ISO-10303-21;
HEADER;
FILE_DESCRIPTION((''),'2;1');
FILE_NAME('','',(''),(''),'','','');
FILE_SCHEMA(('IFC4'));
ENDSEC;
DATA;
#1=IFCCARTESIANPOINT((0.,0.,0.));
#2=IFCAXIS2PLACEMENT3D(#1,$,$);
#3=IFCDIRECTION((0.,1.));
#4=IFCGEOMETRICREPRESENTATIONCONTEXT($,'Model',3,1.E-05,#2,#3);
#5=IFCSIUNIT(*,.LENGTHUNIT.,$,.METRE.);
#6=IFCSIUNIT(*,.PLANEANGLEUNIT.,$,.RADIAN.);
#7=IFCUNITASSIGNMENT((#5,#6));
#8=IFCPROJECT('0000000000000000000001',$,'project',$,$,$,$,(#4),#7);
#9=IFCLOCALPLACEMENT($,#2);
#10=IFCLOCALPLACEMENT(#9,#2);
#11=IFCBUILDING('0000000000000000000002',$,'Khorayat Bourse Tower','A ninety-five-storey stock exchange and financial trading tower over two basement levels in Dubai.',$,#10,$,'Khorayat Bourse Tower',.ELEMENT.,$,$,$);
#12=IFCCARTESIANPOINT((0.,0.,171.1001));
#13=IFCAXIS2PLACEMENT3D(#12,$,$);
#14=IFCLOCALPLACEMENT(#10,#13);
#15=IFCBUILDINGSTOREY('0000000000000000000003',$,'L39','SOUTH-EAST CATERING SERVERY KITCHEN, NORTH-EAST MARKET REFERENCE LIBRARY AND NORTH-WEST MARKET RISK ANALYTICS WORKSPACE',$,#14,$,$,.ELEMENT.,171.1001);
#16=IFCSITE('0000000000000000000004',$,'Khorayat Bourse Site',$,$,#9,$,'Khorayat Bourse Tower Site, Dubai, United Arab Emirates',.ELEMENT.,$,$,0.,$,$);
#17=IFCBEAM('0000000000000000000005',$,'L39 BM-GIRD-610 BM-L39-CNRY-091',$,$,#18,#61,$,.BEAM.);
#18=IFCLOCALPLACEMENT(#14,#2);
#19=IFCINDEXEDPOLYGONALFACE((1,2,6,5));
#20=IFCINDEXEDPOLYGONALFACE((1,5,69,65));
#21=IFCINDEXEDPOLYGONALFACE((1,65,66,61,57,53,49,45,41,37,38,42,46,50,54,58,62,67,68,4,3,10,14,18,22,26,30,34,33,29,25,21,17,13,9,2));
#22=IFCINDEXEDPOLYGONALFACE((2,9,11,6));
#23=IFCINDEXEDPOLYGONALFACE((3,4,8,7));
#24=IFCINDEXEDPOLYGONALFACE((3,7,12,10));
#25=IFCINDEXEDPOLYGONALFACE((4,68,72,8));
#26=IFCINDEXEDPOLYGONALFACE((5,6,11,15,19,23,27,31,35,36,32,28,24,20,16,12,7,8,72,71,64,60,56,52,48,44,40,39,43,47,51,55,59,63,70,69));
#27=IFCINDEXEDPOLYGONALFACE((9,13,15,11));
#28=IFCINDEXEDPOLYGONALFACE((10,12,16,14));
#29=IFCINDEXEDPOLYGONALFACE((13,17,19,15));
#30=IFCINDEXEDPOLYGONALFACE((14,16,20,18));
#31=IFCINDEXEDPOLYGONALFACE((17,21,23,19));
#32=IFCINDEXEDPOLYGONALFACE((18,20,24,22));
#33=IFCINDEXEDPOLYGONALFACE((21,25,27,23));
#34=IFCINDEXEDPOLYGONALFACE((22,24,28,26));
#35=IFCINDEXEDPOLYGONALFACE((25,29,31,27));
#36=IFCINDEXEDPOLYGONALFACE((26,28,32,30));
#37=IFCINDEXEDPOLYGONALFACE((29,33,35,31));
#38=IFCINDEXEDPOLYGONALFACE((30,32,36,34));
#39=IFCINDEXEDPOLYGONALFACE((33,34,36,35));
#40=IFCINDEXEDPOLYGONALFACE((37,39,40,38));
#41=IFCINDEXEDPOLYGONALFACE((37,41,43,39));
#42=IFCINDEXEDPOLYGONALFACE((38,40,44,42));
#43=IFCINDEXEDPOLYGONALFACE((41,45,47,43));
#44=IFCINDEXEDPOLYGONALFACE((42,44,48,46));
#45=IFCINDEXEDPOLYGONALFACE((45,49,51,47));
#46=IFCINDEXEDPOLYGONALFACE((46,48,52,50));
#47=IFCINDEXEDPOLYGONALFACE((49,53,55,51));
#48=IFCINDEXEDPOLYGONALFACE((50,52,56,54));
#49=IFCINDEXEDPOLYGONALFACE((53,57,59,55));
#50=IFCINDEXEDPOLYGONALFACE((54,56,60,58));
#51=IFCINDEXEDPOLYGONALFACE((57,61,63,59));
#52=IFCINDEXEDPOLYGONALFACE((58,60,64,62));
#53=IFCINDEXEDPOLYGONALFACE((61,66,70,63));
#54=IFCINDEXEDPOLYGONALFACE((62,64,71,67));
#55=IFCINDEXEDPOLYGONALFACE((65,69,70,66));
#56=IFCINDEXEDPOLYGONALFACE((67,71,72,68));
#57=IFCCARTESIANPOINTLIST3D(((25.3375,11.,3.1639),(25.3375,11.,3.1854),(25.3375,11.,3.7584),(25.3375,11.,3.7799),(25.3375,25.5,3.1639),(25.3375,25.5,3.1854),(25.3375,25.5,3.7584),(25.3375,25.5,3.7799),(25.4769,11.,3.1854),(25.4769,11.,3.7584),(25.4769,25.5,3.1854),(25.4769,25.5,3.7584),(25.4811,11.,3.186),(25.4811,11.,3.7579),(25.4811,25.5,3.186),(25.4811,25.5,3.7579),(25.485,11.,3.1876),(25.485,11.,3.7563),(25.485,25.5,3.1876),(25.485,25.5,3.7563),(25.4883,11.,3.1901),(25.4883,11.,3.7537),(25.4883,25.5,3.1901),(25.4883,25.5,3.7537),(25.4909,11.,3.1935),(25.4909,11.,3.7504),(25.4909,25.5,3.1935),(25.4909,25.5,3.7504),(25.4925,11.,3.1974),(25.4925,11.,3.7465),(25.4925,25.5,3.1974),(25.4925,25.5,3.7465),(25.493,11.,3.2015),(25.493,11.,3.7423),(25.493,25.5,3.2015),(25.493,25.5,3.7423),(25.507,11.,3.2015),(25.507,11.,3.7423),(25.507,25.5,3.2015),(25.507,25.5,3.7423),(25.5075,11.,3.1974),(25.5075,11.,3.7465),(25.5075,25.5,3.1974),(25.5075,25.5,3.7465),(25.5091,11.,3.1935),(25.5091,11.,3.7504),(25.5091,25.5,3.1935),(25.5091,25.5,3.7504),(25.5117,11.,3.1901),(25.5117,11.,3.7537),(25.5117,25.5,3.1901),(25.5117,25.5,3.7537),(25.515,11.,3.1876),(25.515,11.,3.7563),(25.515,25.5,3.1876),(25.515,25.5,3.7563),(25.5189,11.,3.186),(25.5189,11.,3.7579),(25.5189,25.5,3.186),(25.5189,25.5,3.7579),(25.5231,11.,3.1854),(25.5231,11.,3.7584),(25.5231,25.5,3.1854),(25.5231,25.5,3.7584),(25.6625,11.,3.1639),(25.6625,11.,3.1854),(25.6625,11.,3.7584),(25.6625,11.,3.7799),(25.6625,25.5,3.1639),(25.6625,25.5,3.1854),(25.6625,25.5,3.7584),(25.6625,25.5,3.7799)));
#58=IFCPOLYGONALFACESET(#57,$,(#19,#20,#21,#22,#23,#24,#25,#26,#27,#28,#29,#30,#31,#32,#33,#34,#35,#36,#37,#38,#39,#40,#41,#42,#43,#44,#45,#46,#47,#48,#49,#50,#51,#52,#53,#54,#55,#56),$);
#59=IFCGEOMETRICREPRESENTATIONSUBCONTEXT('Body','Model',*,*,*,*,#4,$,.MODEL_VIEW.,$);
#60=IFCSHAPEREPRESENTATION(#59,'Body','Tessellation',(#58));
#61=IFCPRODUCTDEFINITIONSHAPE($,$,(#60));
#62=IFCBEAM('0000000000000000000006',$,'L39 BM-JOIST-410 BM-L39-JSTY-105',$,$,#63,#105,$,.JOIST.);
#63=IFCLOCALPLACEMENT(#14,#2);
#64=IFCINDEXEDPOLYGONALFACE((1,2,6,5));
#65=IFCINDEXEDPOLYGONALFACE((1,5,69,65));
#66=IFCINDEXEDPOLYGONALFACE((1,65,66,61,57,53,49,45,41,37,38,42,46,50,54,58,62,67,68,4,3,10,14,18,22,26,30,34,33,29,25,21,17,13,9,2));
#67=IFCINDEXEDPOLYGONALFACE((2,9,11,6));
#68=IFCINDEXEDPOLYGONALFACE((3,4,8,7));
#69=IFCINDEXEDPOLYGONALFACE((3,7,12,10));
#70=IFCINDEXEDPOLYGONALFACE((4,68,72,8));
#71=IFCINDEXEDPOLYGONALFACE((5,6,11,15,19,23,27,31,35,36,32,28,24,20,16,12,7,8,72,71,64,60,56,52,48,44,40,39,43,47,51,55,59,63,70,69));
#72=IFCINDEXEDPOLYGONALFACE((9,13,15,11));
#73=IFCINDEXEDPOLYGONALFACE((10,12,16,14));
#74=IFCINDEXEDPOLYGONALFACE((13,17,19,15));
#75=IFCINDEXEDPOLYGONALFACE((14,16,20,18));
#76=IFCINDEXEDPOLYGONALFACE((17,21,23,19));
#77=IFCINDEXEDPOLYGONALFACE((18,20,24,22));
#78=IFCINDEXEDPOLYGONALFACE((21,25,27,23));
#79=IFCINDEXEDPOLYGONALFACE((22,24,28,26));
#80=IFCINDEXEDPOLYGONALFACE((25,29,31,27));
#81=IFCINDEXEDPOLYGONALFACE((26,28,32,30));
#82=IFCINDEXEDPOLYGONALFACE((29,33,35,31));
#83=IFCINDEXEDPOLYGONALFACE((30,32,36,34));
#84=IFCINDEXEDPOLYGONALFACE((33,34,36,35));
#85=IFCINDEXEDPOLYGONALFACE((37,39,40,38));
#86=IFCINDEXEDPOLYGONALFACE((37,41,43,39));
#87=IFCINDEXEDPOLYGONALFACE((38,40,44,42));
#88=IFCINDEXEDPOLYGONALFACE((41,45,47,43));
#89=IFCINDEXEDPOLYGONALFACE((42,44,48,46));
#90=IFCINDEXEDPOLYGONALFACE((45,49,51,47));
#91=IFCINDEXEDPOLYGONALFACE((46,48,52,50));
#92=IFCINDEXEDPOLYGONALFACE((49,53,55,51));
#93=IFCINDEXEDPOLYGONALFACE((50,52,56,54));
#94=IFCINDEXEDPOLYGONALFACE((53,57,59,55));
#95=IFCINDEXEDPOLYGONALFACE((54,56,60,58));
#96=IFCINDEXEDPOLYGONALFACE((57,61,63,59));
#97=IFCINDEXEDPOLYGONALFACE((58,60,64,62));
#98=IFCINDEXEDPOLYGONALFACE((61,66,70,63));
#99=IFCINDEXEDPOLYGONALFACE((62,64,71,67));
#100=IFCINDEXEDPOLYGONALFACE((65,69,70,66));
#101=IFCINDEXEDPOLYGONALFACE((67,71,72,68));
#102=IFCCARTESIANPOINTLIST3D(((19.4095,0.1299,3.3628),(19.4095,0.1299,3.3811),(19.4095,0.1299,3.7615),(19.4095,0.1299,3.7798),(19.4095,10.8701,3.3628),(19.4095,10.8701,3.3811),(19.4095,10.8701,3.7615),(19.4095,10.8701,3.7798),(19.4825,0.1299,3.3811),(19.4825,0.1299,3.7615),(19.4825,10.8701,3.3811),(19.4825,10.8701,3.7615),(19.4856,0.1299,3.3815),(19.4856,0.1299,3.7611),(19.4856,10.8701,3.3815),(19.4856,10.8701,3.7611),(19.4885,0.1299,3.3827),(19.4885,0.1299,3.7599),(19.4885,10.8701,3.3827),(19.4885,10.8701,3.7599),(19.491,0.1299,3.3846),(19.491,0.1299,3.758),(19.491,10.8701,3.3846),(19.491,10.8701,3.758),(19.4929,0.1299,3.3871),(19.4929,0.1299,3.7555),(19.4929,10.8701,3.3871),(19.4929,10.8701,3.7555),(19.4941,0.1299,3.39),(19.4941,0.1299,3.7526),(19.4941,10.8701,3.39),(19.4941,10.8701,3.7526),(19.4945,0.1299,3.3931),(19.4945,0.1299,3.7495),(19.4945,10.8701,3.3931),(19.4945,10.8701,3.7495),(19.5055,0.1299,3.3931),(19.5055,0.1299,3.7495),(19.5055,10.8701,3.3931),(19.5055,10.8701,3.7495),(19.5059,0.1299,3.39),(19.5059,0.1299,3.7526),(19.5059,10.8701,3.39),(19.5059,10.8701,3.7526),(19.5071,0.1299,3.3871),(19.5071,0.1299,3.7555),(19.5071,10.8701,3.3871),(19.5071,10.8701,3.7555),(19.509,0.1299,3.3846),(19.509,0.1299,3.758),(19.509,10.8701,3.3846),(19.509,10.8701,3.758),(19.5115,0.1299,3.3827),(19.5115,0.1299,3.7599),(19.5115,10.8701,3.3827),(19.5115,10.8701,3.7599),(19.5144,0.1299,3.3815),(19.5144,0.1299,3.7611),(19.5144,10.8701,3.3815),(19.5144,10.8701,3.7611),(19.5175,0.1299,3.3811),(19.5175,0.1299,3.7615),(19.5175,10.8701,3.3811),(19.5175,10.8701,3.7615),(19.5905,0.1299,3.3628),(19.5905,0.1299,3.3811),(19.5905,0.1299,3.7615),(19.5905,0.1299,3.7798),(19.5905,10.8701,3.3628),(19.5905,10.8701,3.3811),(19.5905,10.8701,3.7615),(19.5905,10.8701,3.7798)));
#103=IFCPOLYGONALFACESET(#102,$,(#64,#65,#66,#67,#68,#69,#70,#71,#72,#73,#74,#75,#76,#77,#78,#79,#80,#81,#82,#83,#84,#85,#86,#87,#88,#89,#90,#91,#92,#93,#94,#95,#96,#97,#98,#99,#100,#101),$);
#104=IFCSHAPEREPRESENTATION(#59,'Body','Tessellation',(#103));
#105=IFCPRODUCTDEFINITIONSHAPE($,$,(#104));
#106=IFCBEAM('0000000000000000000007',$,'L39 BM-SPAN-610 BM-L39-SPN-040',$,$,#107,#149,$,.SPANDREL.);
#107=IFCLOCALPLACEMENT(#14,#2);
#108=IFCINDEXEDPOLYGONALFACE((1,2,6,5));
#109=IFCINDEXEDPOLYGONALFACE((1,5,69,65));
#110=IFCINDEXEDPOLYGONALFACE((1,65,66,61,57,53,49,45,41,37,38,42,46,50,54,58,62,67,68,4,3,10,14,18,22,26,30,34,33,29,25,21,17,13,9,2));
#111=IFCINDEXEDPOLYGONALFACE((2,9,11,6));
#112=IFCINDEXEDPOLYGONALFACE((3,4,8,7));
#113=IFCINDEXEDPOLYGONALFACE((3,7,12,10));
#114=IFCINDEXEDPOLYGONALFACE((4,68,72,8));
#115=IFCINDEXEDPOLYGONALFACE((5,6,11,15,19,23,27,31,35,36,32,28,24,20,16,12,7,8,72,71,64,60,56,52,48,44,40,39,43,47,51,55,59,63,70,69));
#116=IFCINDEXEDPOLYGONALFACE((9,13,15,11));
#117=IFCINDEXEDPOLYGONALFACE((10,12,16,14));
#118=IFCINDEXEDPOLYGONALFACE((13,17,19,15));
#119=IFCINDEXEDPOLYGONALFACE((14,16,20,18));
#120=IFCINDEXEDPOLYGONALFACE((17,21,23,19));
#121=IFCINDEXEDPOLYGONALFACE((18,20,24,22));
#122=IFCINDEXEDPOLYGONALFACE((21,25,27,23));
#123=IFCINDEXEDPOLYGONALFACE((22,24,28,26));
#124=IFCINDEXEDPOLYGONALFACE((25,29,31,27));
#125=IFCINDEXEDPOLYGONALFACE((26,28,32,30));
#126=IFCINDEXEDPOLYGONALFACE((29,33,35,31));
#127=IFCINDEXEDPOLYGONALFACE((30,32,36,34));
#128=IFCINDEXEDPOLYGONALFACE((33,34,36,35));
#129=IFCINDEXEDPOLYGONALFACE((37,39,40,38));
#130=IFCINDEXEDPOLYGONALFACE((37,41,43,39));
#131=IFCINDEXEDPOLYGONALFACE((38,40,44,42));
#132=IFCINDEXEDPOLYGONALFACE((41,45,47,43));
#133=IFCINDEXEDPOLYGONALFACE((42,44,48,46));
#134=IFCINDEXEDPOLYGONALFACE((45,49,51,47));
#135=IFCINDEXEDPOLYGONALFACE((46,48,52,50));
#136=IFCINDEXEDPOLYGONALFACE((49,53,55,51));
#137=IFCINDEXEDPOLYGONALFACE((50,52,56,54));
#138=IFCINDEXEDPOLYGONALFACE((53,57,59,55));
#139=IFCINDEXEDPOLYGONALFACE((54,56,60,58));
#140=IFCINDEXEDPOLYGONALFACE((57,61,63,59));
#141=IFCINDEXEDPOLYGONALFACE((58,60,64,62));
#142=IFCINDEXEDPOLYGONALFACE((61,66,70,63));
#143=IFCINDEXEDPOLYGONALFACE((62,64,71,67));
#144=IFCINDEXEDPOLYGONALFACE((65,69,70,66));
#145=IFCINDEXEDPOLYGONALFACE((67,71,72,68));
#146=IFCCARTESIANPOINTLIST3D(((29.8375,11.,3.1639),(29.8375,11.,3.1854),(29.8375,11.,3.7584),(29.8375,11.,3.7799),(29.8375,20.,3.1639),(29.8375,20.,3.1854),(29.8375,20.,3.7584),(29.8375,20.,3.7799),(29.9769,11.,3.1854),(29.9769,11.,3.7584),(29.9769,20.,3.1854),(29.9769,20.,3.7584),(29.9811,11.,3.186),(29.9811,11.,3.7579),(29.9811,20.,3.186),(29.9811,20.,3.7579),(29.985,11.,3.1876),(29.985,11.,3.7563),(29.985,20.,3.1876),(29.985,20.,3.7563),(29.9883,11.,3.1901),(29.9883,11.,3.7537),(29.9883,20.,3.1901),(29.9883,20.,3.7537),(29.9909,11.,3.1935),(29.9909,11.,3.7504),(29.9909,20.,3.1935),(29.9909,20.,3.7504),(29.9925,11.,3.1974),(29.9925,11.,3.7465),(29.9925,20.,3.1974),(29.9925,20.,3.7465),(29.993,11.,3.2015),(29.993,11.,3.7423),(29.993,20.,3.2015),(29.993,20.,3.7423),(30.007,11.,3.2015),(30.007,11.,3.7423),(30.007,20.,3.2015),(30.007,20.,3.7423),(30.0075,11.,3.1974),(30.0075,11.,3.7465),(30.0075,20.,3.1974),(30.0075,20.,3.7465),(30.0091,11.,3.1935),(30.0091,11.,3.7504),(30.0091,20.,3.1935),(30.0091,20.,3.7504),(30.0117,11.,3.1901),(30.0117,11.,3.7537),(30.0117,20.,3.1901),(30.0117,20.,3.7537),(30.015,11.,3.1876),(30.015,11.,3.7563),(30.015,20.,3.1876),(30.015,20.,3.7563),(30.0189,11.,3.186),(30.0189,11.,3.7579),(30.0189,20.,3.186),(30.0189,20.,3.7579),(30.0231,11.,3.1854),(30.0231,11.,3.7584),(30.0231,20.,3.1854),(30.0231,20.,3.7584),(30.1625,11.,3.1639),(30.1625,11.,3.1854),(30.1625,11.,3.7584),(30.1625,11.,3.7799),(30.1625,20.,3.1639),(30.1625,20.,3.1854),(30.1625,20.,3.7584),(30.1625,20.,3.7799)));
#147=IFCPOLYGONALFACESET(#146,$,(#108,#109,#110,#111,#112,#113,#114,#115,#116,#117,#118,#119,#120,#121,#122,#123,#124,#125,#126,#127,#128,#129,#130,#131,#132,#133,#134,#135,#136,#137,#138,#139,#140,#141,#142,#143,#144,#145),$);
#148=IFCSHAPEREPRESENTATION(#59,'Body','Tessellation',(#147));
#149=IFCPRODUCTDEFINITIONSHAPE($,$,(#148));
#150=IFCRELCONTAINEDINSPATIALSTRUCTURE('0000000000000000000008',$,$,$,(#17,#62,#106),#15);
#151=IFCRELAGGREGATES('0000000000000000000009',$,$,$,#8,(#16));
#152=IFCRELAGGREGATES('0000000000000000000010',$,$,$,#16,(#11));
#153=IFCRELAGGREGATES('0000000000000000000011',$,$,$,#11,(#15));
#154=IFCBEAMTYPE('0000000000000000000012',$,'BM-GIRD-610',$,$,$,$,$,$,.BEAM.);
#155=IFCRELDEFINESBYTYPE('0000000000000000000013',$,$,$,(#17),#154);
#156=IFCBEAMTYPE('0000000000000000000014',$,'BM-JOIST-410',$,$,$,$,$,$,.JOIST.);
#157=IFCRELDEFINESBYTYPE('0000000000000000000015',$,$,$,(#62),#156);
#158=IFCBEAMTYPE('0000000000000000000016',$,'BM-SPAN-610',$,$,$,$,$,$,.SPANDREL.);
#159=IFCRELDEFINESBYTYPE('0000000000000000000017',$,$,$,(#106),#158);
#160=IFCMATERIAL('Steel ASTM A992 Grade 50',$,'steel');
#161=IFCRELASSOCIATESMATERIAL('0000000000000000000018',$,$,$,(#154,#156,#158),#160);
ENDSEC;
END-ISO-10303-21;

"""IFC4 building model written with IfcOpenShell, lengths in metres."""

from ifc_helpers import new_model, si_unit, direction, frame, origin, origin_2d, place, context, subcontext, project, spatial, i_section, extrude, source, transform, mapped, material, material_profile, profile_set, type_object, element, save


model = new_model("IFC4")

# Units and contexts
model_context = context("Model", 3, precision=1e-05, world=origin(), true_north=direction((0.0, 1.0)))
body_context = subcontext(model_context, "Body", "Model", "MODEL_VIEW")
ifc_project = project(units=[si_unit("LENGTHUNIT", "METRE"), si_unit("PLANEANGLEUNIT", "RADIAN")], contexts=[model_context])

# Site, building, storey
site_placement = place(None, origin())
site = spatial("IfcSite", under=ifc_project, at=site_placement, Name="Khorayat Bourse Site", LongName="Khorayat Bourse Tower Site, Dubai, United Arab Emirates", CompositionType="ELEMENT", RefElevation=0.0)
building_placement = place(site_placement, origin())
building = spatial("IfcBuilding", under=site, at=building_placement, Name="Khorayat Bourse Tower", Description="A ninety-five-storey stock exchange and financial trading tower over two basement levels in Dubai.", LongName="Khorayat Bourse Tower", CompositionType="ELEMENT")
storey_placement = place(building_placement, frame((0.0, 0.0, 171.1001)))
storey = spatial("IfcBuildingStorey", under=building, at=storey_placement, Name="L39", Description="SOUTH-EAST CATERING SERVERY KITCHEN, NORTH-EAST MARKET REFERENCE LIBRARY AND NORTH-WEST MARKET RISK ANALYTICS WORKSPACE", CompositionType="ELEMENT", Elevation=171.1001)

# Beams
ifc_material_1 = material(Name="Steel ASTM A992 Grade 50", Category="steel")
ifc_material_profile_1 = material_profile(ifc_material_1, i_section(OverallWidth=0.325, OverallDepth=0.616, WebThickness=0.0139, FlangeThickness=0.0215, FilletRadius=0.0161, at=origin_2d()), Name="W610X174")
ifc_profile_set_1 = profile_set([ifc_material_profile_1], Name="Steel ASTM A992 Grade 50")
beam_type_1 = type_object("IfcBeamType", Name="BM-GIRD-610", PredefinedType="BEAM", material=ifc_profile_set_1)
shared_shape_1 = source(origin(), body_context, "Body", "SweptSolid", [
    extrude(i_section(OverallWidth=0.325, OverallDepth=0.616, WebThickness=0.0139, FlangeThickness=0.0215, FilletRadius=0.0161, at=origin_2d()), origin(), (0.0, 0.0, 1.0), 14.5),
])
beam_1_placement = place(storey_placement, frame((25.5, 11.0, 3.4719), z_axis=(0.0, 1.0, 0.0), x_axis=(-1.0, 0.0, 0.0)))
element("IfcBeam", 1, at=beam_1_placement, inside=storey, type_object=beam_type_1, Name="L39 BM-GIRD-610 BM-L39-CNRY-091", PredefinedType="BEAM", context=body_context, shape_type="MappedRepresentation", body=[
    mapped(shared_shape_1, transform((0.0, 0.0, 0.0), scale=1.0)),
])
ifc_material_profile_2 = material_profile(ifc_material_1, i_section(OverallWidth=0.1809, OverallDepth=0.417, WebThickness=0.011, FlangeThickness=0.0183, FilletRadius=0.012, at=origin_2d()), Name="W410X85")
ifc_profile_set_2 = profile_set([ifc_material_profile_2], Name="Steel ASTM A992 Grade 50")
beam_type_2 = type_object("IfcBeamType", Name="BM-JOIST-410", PredefinedType="JOIST", material=ifc_profile_set_2)
shared_shape_2 = source(origin(), body_context, "Body", "SweptSolid", [
    extrude(i_section(OverallWidth=0.1809, OverallDepth=0.417, WebThickness=0.011, FlangeThickness=0.0183, FilletRadius=0.012, at=origin_2d()), origin(), (0.0, 0.0, 1.0), 10.7402),
])
beam_2_placement = place(storey_placement, frame((19.5, 0.1299, 3.5713), z_axis=(0.0, 1.0, 0.0), x_axis=(-1.0, 0.0, 0.0)))
element("IfcBeam", 2, at=beam_2_placement, inside=storey, type_object=beam_type_2, Name="L39 BM-JOIST-410 BM-L39-JSTY-105", PredefinedType="JOIST", context=body_context, shape_type="MappedRepresentation", body=[
    mapped(shared_shape_2, transform((0.0, 0.0, 0.0), scale=1.0)),
])
ifc_material_profile_3 = material_profile(ifc_material_1, i_section(OverallWidth=0.325, OverallDepth=0.616, WebThickness=0.0139, FlangeThickness=0.0215, FilletRadius=0.0161, at=origin_2d()), Name="W610X174")
ifc_profile_set_3 = profile_set([ifc_material_profile_3], Name="Steel ASTM A992 Grade 50")
beam_type_3 = type_object("IfcBeamType", Name="BM-SPAN-610", PredefinedType="SPANDREL", material=ifc_profile_set_3)
shared_shape_3 = source(origin(), body_context, "Body", "SweptSolid", [
    extrude(i_section(OverallWidth=0.325, OverallDepth=0.616, WebThickness=0.0139, FlangeThickness=0.0215, FilletRadius=0.0161, at=origin_2d()), origin(), (0.0, 0.0, 1.0), 9.0),
])
beam_3_placement = place(storey_placement, frame((30.0, 11.0, 3.4719), z_axis=(0.0, 1.0, 0.0), x_axis=(-1.0, 0.0, 0.0)))
element("IfcBeam", 3, at=beam_3_placement, inside=storey, type_object=beam_type_3, Name="L39 BM-SPAN-610 BM-L39-SPN-040", PredefinedType="SPANDREL", context=body_context, shape_type="MappedRepresentation", body=[
    mapped(shared_shape_3, transform((0.0, 0.0, 0.0), scale=1.0)),
])

save(model, "model.ifc")
